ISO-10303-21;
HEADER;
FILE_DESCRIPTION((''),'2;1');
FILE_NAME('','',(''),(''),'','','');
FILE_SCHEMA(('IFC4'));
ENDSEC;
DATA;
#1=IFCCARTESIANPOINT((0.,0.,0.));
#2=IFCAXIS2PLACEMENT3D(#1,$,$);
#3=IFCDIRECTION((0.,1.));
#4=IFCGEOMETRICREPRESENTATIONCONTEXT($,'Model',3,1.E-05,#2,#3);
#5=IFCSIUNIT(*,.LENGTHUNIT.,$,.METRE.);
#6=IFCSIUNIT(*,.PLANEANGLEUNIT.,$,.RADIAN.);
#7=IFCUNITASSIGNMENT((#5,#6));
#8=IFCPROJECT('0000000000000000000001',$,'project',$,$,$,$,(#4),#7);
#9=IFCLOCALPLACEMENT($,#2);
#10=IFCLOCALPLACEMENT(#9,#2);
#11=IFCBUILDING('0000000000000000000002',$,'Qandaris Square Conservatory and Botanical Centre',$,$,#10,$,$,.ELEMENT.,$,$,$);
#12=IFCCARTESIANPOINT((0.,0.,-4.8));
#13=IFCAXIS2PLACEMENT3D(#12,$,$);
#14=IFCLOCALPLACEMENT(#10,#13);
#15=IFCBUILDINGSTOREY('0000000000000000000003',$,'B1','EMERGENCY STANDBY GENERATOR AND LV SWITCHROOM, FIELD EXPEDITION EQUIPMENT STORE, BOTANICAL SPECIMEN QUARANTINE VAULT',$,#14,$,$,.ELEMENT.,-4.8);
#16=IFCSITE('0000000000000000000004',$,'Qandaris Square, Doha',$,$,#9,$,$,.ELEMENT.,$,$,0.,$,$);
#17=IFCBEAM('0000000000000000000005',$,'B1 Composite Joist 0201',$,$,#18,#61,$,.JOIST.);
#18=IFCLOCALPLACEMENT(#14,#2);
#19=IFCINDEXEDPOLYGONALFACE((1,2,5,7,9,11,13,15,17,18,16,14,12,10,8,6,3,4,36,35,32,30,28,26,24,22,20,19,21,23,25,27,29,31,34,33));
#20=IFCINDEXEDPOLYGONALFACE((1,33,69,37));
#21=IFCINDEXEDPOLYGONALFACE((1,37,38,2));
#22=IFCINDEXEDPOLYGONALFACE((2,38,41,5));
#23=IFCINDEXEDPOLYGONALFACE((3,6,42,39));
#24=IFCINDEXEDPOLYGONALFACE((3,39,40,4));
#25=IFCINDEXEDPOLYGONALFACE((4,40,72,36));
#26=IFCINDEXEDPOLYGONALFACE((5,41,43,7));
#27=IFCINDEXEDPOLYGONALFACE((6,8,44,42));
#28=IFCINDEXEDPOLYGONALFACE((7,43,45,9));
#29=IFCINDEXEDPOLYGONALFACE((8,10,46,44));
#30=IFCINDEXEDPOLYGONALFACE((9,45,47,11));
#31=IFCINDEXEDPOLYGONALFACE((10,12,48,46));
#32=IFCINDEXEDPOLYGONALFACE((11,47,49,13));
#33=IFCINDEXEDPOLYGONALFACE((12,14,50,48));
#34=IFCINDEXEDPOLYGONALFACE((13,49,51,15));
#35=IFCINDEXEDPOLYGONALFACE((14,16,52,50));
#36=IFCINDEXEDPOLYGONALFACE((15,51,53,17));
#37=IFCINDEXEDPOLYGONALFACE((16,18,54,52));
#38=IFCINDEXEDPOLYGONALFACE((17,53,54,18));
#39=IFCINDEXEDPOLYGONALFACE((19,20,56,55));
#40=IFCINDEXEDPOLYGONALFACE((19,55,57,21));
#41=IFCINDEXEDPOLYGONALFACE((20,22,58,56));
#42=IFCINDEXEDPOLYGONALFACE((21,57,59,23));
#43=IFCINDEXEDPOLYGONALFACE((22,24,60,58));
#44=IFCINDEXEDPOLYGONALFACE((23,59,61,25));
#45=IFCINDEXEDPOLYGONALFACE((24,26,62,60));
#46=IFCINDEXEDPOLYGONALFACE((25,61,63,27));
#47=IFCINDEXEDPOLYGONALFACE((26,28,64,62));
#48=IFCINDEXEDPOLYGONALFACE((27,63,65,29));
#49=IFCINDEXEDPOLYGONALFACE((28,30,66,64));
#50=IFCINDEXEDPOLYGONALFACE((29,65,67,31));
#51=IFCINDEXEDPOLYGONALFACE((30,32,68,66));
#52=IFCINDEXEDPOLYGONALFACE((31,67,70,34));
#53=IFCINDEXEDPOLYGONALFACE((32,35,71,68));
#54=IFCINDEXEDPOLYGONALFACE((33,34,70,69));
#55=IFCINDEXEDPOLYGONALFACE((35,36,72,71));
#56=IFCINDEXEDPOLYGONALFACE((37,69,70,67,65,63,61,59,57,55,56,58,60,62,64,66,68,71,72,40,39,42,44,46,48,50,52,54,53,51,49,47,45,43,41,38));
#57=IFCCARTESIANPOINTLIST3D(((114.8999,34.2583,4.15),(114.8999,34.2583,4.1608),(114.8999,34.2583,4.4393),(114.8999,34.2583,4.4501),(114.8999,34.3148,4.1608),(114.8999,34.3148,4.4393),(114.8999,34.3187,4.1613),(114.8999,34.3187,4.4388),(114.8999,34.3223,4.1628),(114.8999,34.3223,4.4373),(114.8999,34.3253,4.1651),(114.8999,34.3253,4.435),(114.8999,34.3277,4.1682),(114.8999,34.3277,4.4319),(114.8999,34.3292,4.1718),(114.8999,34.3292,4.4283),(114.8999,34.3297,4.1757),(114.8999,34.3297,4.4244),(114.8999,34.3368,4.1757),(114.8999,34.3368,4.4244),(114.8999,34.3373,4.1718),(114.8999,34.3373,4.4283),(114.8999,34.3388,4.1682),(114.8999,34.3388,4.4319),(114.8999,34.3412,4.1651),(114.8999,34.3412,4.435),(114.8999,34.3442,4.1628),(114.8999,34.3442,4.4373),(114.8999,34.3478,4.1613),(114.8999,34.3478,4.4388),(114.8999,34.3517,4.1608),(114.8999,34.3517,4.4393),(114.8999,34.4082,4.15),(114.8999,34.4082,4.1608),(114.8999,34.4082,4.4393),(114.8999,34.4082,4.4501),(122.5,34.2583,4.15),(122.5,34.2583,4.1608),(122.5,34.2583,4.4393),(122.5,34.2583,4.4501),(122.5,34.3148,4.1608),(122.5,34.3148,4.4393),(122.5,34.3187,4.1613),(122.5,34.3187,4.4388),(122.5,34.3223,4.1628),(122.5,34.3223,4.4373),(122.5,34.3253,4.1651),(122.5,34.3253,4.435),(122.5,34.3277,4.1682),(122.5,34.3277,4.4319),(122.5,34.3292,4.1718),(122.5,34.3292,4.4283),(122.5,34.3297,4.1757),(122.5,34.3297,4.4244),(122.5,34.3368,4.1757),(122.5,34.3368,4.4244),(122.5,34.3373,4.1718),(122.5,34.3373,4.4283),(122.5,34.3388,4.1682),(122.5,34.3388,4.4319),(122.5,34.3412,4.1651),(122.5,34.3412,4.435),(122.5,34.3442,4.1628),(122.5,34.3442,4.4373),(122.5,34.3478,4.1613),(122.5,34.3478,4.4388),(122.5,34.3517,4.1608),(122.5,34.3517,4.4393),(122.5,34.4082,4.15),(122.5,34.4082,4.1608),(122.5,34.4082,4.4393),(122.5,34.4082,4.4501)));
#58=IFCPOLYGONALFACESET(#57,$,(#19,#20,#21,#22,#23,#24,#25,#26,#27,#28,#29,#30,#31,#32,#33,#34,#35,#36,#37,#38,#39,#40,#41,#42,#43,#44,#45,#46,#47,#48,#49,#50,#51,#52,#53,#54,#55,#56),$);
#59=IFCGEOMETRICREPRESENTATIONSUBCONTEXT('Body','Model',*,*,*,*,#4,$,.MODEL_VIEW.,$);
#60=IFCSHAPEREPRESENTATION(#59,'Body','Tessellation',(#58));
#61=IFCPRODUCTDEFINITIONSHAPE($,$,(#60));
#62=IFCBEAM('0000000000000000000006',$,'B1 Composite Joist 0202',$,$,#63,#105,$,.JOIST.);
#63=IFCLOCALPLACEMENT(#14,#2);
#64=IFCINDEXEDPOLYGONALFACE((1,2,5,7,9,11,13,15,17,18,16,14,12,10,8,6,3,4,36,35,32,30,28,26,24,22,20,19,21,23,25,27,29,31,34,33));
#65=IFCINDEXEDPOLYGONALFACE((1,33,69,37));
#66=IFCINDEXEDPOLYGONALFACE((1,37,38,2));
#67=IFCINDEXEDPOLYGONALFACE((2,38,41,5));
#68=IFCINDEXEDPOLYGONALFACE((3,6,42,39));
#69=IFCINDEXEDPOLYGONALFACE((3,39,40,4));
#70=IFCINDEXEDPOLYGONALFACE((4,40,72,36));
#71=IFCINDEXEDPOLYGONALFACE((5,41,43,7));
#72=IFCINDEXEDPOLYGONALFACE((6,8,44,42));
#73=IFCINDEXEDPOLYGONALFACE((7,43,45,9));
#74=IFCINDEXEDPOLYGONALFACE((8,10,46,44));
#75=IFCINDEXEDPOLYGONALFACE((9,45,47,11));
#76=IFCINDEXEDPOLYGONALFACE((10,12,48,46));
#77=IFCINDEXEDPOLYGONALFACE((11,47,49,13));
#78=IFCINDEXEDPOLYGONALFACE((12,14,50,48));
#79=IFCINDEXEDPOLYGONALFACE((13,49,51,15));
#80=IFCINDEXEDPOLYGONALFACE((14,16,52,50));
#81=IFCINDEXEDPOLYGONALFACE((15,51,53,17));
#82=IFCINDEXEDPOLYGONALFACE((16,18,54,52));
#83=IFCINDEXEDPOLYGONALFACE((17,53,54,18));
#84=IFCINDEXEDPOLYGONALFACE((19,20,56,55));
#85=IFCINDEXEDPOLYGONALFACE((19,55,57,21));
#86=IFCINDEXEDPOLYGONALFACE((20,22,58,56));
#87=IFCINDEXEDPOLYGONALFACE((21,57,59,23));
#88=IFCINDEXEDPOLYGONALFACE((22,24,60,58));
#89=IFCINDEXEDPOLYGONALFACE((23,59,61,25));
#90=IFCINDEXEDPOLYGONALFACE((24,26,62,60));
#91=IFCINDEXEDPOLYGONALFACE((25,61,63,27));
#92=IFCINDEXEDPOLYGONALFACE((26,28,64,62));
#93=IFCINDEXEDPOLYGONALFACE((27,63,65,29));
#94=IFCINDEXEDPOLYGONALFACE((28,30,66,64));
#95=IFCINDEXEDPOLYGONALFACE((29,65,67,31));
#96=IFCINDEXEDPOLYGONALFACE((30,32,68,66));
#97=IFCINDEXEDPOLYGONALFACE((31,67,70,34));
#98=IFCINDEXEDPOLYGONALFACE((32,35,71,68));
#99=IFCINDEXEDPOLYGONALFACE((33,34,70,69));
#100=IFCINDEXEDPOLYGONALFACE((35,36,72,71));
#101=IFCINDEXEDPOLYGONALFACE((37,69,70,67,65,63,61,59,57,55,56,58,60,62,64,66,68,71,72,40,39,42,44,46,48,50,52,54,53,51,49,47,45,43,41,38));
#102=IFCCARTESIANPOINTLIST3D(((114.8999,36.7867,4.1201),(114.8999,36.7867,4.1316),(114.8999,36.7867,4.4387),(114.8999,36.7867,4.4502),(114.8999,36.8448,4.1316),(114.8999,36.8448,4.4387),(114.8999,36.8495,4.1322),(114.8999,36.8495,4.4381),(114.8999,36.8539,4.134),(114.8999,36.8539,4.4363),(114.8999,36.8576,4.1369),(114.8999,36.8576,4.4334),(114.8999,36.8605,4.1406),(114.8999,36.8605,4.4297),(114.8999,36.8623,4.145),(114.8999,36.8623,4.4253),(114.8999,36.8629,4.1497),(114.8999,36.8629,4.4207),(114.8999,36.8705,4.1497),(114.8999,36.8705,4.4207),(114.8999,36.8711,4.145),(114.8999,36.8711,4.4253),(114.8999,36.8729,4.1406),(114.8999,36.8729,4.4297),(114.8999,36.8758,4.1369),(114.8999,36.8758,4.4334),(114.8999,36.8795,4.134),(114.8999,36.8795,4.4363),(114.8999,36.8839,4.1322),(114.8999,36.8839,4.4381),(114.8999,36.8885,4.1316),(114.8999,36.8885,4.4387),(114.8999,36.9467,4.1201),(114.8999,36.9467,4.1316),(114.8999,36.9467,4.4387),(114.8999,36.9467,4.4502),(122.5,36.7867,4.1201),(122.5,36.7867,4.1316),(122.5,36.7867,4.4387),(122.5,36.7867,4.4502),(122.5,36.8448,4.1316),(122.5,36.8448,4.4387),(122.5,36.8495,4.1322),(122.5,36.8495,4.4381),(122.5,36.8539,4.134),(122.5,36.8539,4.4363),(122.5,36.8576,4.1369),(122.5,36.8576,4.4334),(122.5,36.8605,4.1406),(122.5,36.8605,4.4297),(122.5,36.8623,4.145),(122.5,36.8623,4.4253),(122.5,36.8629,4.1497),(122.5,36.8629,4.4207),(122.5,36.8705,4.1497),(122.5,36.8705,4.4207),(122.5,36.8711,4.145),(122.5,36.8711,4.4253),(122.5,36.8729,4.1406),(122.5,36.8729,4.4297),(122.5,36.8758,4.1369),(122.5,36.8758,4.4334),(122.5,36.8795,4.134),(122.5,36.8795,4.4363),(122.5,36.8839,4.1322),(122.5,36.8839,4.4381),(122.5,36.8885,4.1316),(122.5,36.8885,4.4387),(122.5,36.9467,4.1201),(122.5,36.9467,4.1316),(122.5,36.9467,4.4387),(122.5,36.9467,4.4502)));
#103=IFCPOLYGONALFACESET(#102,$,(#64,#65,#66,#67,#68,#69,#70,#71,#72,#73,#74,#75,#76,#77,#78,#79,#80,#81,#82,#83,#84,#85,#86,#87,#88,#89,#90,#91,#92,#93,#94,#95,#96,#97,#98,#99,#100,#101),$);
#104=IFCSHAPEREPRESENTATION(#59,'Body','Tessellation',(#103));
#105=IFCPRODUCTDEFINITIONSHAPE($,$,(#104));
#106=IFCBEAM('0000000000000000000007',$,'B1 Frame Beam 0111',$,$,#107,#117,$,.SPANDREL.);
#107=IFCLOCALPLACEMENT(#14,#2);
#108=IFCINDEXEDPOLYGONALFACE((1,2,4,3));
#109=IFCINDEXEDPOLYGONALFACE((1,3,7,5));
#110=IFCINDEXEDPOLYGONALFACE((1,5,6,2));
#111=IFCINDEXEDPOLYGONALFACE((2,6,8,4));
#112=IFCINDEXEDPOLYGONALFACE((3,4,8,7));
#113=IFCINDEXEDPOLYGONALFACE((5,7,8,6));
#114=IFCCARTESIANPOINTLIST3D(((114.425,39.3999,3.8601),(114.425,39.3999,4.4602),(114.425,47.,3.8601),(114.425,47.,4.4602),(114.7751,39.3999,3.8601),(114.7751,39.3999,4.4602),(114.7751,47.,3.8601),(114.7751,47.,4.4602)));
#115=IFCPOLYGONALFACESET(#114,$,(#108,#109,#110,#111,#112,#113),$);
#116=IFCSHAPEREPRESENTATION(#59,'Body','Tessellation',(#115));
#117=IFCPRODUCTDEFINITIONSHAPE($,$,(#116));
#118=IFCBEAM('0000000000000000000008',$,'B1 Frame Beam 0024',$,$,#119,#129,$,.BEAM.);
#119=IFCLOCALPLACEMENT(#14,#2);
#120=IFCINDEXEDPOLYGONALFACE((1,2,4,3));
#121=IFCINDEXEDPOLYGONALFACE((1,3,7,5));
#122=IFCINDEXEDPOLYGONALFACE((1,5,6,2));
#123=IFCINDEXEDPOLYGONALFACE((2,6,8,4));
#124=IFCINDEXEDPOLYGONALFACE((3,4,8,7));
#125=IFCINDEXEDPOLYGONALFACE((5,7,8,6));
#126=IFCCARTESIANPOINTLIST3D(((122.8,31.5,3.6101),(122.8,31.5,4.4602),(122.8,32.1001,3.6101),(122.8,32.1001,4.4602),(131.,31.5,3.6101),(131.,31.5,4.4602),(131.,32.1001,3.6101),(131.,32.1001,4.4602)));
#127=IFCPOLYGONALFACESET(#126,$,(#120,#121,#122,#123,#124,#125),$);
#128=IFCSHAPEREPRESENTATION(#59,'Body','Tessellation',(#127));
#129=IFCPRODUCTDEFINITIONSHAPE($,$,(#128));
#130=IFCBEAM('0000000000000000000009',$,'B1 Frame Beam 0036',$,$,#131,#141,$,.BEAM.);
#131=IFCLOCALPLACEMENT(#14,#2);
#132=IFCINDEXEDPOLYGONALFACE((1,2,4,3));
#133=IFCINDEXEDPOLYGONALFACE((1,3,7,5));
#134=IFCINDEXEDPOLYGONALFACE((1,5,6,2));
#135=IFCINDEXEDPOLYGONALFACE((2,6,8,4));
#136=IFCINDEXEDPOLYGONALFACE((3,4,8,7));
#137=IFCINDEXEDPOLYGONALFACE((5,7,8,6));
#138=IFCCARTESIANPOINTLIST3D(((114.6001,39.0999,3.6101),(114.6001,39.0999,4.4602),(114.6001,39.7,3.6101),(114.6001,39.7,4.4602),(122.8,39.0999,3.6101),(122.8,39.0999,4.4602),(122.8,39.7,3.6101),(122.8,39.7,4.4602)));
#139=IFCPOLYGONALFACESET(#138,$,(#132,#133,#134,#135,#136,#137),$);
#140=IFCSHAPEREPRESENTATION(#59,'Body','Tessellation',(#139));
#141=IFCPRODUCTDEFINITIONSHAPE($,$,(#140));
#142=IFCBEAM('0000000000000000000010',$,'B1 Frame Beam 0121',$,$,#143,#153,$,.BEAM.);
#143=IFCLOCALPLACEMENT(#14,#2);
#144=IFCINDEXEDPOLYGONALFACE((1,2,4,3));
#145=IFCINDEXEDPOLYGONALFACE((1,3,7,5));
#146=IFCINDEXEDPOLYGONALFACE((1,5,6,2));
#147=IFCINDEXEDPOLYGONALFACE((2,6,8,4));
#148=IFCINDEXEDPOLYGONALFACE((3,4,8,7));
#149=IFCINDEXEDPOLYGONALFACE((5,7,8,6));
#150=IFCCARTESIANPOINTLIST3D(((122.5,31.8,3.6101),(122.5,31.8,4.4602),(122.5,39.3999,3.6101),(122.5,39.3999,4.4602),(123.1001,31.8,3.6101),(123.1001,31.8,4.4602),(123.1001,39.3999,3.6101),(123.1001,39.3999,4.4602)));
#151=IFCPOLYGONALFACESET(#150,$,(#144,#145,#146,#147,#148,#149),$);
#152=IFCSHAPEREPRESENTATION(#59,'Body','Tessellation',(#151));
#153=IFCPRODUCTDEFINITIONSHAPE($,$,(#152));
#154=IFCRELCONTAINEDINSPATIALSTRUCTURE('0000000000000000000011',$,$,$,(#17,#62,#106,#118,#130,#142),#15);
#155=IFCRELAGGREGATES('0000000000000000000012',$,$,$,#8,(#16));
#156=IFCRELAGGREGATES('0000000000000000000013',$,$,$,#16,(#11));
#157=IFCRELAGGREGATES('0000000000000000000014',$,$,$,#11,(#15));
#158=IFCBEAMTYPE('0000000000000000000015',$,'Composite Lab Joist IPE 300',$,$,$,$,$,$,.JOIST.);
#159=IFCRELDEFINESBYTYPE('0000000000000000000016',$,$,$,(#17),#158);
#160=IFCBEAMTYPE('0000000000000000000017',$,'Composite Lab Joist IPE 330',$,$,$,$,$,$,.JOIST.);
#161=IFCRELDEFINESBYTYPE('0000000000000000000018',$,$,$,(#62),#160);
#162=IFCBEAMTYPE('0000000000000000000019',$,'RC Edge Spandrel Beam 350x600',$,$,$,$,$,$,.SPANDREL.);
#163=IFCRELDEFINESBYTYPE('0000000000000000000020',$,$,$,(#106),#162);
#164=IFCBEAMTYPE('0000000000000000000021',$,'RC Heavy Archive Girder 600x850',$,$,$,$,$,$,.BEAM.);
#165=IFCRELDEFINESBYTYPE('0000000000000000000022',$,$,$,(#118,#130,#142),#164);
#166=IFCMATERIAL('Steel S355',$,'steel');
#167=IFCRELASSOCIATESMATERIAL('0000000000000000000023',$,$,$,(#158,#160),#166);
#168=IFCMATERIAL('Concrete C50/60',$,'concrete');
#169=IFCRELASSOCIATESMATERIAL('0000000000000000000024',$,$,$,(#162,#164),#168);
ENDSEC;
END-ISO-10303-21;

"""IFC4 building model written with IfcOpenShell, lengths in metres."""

from ifc_helpers import new_model, si_unit, direction, frame, origin, origin_2d, place, context, subcontext, project, spatial, rectangle, i_section, extrude, material, material_profile, profile_set, type_object, element, save


model = new_model("IFC4")

# Units and contexts
model_context = context("Model", 3, precision=1e-05, world=origin(), true_north=direction((0.0, 1.0)))
body_context = subcontext(model_context, "Body", "Model", "MODEL_VIEW")
ifc_project = project(units=[si_unit("LENGTHUNIT", "METRE"), si_unit("PLANEANGLEUNIT", "RADIAN")], contexts=[model_context])

# Site, building, storey
site_placement = place(None, origin())
site = spatial("IfcSite", under=ifc_project, at=site_placement, Name="Qandaris Square, Doha", CompositionType="ELEMENT", RefElevation=0.0)
building_placement = place(site_placement, origin())
building = spatial("IfcBuilding", under=site, at=building_placement, Name="Qandaris Square Conservatory and Botanical Centre", CompositionType="ELEMENT")
storey_placement = place(building_placement, frame((0.0, 0.0, -4.8)))
storey = spatial("IfcBuildingStorey", under=building, at=storey_placement, Name="B1", Description="EMERGENCY STANDBY GENERATOR AND LV SWITCHROOM, FIELD EXPEDITION EQUIPMENT STORE, BOTANICAL SPECIMEN QUARANTINE VAULT", CompositionType="ELEMENT", Elevation=-4.8)

# Shared definitions
ifc_material_1 = material(Name="Concrete C50/60", Category="concrete")

# Beams
ifc_material_2 = material(Name="Steel S355", Category="steel")
ifc_material_profile_1 = material_profile(ifc_material_2, i_section(OverallWidth=0.1499, OverallDepth=0.3, WebThickness=0.0071, FlangeThickness=0.0107, FilletRadius=0.0149, at=origin_2d()), Name="IPE 300")
ifc_profile_set_1 = profile_set([ifc_material_profile_1], Name="Steel S355")
beam_type_1 = type_object("IfcBeamType", Name="Composite Lab Joist IPE 300", PredefinedType="JOIST", material=ifc_profile_set_1)
for number, where, z_axis, x_axis, name in (
    (1, (114.8999, 34.3333, 4.3), (1.0, 0.0, 0.0), (0.0, 1.0, 0.0), "B1 Composite Joist 0201"),
):
    element("IfcBeam", number, at=place(storey_placement, frame(where, z_axis=z_axis, x_axis=x_axis)), inside=storey, type_object=beam_type_1, Name=name, PredefinedType="JOIST", context=body_context, shape_type="SweptSolid", body=[
        extrude(i_section(OverallWidth=0.1499, OverallDepth=0.3, WebThickness=0.0071, FlangeThickness=0.0107, FilletRadius=0.0149, at=origin_2d()), origin(), (0.0, 0.0, 1.0), 7.6001),
    ])
ifc_material_profile_2 = material_profile(ifc_material_2, i_section(OverallWidth=0.1599, OverallDepth=0.3301, WebThickness=0.0076, FlangeThickness=0.0115, FilletRadius=0.0181, at=origin_2d()), Name="IPE 330")
ifc_profile_set_2 = profile_set([ifc_material_profile_2], Name="Steel S355")
beam_type_2 = type_object("IfcBeamType", Name="Composite Lab Joist IPE 330", PredefinedType="JOIST", material=ifc_profile_set_2)
beam_1_placement = place(storey_placement, frame((114.8999, 36.8667, 4.2852), z_axis=(1.0, 0.0, 0.0), x_axis=(0.0, 1.0, 0.0)))
element("IfcBeam", 2, at=beam_1_placement, inside=storey, type_object=beam_type_2, Name="B1 Composite Joist 0202", PredefinedType="JOIST", context=body_context, shape_type="SweptSolid", body=[
    extrude(i_section(OverallWidth=0.1599, OverallDepth=0.3301, WebThickness=0.0076, FlangeThickness=0.0115, FilletRadius=0.0181, at=origin_2d()), origin(), (0.0, 0.0, 1.0), 7.6001),
])
ifc_material_profile_3 = material_profile(ifc_material_1, rectangle(XDim=0.3501, YDim=0.6001, at=origin_2d()), Name="RC-SP 350x600")
ifc_profile_set_3 = profile_set([ifc_material_profile_3], Name="Concrete C50/60")
beam_type_3 = type_object("IfcBeamType", Name="RC Edge Spandrel Beam 350x600", PredefinedType="SPANDREL", material=ifc_profile_set_3)
beam_2_placement = place(storey_placement, frame((114.6001, 39.3999, 4.1602), z_axis=(0.0, 1.0, 0.0), x_axis=(-1.0, 0.0, 0.0)))
element("IfcBeam", 3, at=beam_2_placement, inside=storey, type_object=beam_type_3, Name="B1 Frame Beam 0111", PredefinedType="SPANDREL", context=body_context, shape_type="SweptSolid", body=[
    extrude(rectangle(XDim=0.3501, YDim=0.6001, at=origin_2d()), origin(), (0.0, 0.0, 1.0), 7.6001),
])
ifc_material_profile_4 = material_profile(ifc_material_1, rectangle(XDim=0.6001, YDim=0.8501, at=origin_2d()), Name="RC-BM 600x850")
ifc_profile_set_4 = profile_set([ifc_material_profile_4], Name="Concrete C50/60")
beam_type_4 = type_object("IfcBeamType", Name="RC Heavy Archive Girder 600x850", PredefinedType="BEAM", material=ifc_profile_set_4)
for number, where, z_axis, x_axis, name in (
    (4, (122.8, 31.8, 4.0352), (1.0, 0.0, 0.0), (0.0, 1.0, 0.0), "B1 Frame Beam 0024"),
    (5, (114.6001, 39.3999, 4.0352), (1.0, 0.0, 0.0), (0.0, 1.0, 0.0), "B1 Frame Beam 0036"),
):
    element("IfcBeam", number, at=place(storey_placement, frame(where, z_axis=z_axis, x_axis=x_axis)), inside=storey, type_object=beam_type_4, Name=name, PredefinedType="BEAM", context=body_context, shape_type="SweptSolid", body=[
        extrude(rectangle(XDim=0.6001, YDim=0.8501, at=origin_2d()), origin(), (0.0, 0.0, 1.0), 8.2),
    ])
beam_3_placement = place(storey_placement, frame((122.8, 31.8, 4.0352), z_axis=(0.0, 1.0, 0.0), x_axis=(-1.0, 0.0, 0.0)))
element("IfcBeam", 6, at=beam_3_placement, inside=storey, type_object=beam_type_4, Name="B1 Frame Beam 0121", PredefinedType="BEAM", context=body_context, shape_type="SweptSolid", body=[
    extrude(rectangle(XDim=0.6001, YDim=0.8501, at=origin_2d()), origin(), (0.0, 0.0, 1.0), 7.5999),
])

save(model, "model.ifc")
